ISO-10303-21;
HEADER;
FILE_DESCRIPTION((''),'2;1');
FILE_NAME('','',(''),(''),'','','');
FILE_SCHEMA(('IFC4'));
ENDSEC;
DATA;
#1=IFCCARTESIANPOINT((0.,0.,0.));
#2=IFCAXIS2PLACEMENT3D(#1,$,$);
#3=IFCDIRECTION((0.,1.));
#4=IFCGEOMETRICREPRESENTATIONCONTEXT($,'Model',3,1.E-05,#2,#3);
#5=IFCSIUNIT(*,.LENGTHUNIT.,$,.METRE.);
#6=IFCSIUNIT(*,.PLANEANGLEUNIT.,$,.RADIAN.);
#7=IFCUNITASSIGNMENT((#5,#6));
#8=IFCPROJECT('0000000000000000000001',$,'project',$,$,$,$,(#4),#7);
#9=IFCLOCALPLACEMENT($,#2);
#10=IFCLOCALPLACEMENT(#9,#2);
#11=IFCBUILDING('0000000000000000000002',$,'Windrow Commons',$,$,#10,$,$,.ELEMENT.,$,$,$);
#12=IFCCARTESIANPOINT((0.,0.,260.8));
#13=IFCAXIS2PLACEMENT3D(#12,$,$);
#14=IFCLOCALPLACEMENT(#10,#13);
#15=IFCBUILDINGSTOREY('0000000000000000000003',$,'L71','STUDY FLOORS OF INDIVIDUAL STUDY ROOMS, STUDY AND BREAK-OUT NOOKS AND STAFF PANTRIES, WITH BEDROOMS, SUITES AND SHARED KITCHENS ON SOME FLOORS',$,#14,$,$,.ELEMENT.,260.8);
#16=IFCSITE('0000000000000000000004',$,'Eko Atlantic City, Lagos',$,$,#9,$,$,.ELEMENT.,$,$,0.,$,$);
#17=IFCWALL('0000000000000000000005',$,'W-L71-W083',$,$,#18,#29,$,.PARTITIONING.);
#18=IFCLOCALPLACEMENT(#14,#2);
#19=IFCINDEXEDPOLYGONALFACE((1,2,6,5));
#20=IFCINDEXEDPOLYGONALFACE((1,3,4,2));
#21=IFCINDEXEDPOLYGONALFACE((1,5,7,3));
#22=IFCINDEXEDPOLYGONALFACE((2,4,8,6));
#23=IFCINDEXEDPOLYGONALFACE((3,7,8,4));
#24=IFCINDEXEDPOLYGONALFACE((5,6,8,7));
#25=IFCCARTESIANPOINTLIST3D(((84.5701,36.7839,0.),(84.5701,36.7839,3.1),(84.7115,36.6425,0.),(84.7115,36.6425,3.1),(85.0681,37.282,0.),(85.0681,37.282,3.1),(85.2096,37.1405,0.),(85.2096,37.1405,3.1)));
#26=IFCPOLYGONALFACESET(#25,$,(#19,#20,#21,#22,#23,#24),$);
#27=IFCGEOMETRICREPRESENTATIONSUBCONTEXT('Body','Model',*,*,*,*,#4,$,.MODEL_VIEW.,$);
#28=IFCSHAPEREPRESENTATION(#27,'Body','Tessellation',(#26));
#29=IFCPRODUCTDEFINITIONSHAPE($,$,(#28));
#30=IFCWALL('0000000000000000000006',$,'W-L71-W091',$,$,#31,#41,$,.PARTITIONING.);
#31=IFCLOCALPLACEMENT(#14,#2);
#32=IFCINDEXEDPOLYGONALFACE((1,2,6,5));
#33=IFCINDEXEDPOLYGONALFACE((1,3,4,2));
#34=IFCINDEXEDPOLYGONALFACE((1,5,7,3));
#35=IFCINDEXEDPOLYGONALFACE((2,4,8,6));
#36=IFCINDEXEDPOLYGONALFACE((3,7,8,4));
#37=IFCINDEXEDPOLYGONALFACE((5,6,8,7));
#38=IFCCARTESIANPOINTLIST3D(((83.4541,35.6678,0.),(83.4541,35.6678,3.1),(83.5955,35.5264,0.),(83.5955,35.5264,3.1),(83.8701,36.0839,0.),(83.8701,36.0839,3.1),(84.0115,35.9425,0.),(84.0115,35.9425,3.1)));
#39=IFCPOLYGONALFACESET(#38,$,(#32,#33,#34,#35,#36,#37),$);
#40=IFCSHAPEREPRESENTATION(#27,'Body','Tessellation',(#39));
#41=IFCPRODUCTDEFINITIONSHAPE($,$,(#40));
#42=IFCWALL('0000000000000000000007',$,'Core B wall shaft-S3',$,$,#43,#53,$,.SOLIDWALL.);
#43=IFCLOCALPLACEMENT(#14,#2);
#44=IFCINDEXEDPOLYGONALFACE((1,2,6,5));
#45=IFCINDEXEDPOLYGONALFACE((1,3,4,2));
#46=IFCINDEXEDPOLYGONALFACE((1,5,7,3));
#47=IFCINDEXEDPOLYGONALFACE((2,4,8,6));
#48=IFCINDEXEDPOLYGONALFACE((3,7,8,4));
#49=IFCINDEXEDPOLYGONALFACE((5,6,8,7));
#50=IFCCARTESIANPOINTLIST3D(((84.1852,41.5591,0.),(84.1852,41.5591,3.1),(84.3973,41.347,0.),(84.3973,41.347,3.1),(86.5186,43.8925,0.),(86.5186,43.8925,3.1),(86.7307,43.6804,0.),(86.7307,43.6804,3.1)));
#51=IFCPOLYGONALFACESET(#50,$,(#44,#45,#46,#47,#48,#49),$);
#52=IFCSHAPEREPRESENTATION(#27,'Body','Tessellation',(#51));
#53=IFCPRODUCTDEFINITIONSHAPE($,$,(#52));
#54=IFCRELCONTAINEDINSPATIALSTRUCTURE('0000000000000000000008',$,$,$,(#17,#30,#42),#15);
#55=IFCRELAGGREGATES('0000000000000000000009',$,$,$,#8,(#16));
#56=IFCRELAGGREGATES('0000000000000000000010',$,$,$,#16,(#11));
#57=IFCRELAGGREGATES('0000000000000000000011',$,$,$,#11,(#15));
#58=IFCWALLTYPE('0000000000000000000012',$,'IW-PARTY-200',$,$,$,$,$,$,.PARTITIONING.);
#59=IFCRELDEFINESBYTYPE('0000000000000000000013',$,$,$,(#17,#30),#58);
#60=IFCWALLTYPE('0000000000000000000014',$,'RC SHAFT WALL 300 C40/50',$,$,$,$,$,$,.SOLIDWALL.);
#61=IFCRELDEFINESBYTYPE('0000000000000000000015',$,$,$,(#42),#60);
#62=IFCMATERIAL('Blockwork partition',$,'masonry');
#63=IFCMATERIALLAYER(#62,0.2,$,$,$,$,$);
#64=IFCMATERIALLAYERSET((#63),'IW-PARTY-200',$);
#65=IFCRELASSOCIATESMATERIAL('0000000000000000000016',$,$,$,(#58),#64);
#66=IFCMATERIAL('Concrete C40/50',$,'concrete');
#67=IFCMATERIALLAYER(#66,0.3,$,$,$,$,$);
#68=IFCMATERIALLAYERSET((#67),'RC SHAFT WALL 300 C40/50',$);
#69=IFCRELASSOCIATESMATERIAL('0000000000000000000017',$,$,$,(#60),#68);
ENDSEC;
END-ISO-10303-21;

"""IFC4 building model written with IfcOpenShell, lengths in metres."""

from ifc_helpers import new_model, si_unit, direction, frame, frame_2d, origin, place, context, subcontext, project, spatial, rectangle, extrude, material, layer, layer_set, type_object, element, save


model = new_model("IFC4")

# Units and contexts
model_context = context("Model", 3, precision=1e-05, world=origin(), true_north=direction((0.0, 1.0)))
body_context = subcontext(model_context, "Body", "Model", "MODEL_VIEW")
ifc_project = project(units=[si_unit("LENGTHUNIT", "METRE"), si_unit("PLANEANGLEUNIT", "RADIAN")], contexts=[model_context])

# Site, building, storey
site_placement = place(None, origin())
site = spatial("IfcSite", under=ifc_project, at=site_placement, Name="Eko Atlantic City, Lagos", CompositionType="ELEMENT", RefElevation=0.0)
building_placement = place(site_placement, origin())
building = spatial("IfcBuilding", under=site, at=building_placement, Name="Windrow Commons", CompositionType="ELEMENT")
storey_placement = place(building_placement, frame((0.0, 0.0, 260.8)))
storey = spatial("IfcBuildingStorey", under=building, at=storey_placement, Name="L71", Description="STUDY FLOORS OF INDIVIDUAL STUDY ROOMS, STUDY AND BREAK-OUT NOOKS AND STAFF PANTRIES, WITH BEDROOMS, SUITES AND SHARED KITCHENS ON SOME FLOORS", CompositionType="ELEMENT", Elevation=260.8)

# Walls
ifc_material_1 = material(Name="Blockwork partition", Category="masonry")
ifc_layer_1 = layer(ifc_material_1, 0.2)
ifc_layer_set_1 = layer_set([ifc_layer_1], Name="IW-PARTY-200")
wall_type_1 = type_object("IfcWallType", Name="IW-PARTY-200", PredefinedType="PARTITIONING", material=ifc_layer_set_1)
wall_1_placement = place(storey_placement, frame((84.6408, 36.7132, 0.0), z_axis=(0.0, 0.0, 1.0), x_axis=(0.707107, 0.707107, 0.0)))
element("IfcWall", 1, at=wall_1_placement, inside=storey, type_object=wall_type_1, Name="W-L71-W083", PredefinedType="PARTITIONING", context=body_context, shape_type="SweptSolid", body=[
    extrude(rectangle(XDim=0.7043, YDim=0.2, at=frame_2d((0.3522, 0.0))), origin(), (0.0, 0.0, 1.0), 3.1),
])
wall_2_placement = place(storey_placement, frame((83.5248, 35.5971, 0.0), z_axis=(0.0, 0.0, 1.0), x_axis=(0.707022, 0.707192, 0.0)))
element("IfcWall", 2, at=wall_2_placement, inside=storey, type_object=wall_type_1, Name="W-L71-W091", PredefinedType="PARTITIONING", context=body_context, shape_type="SweptSolid", body=[
    extrude(rectangle(XDim=0.5884, YDim=0.2, at=frame_2d((0.2942, 0.0))), origin(), (0.0, 0.0, 1.0), 3.1),
])
ifc_material_2 = material(Name="Concrete C40/50", Category="concrete")
ifc_layer_2 = layer(ifc_material_2, 0.3)
ifc_layer_set_2 = layer_set([ifc_layer_2], Name="RC SHAFT WALL 300 C40/50")
wall_type_2 = type_object("IfcWallType", Name="RC SHAFT WALL 300 C40/50", PredefinedType="SOLIDWALL", material=ifc_layer_set_2)
wall_3_placement = place(storey_placement, frame((84.2912, 41.453, 0.0), z_axis=(0.0, 0.0, 1.0), x_axis=(0.707107, 0.707107, 0.0)))
element("IfcWall", 3, at=wall_3_placement, inside=storey, type_object=wall_type_2, Name="Core B wall shaft-S3", PredefinedType="SOLIDWALL", context=body_context, shape_type="SweptSolid", body=[
    extrude(rectangle(XDim=3.2999, YDim=0.3, at=frame_2d((1.65, 0.0))), origin(), (0.0, 0.0, 1.0), 3.1),
])

save(model, "model.ifc")
